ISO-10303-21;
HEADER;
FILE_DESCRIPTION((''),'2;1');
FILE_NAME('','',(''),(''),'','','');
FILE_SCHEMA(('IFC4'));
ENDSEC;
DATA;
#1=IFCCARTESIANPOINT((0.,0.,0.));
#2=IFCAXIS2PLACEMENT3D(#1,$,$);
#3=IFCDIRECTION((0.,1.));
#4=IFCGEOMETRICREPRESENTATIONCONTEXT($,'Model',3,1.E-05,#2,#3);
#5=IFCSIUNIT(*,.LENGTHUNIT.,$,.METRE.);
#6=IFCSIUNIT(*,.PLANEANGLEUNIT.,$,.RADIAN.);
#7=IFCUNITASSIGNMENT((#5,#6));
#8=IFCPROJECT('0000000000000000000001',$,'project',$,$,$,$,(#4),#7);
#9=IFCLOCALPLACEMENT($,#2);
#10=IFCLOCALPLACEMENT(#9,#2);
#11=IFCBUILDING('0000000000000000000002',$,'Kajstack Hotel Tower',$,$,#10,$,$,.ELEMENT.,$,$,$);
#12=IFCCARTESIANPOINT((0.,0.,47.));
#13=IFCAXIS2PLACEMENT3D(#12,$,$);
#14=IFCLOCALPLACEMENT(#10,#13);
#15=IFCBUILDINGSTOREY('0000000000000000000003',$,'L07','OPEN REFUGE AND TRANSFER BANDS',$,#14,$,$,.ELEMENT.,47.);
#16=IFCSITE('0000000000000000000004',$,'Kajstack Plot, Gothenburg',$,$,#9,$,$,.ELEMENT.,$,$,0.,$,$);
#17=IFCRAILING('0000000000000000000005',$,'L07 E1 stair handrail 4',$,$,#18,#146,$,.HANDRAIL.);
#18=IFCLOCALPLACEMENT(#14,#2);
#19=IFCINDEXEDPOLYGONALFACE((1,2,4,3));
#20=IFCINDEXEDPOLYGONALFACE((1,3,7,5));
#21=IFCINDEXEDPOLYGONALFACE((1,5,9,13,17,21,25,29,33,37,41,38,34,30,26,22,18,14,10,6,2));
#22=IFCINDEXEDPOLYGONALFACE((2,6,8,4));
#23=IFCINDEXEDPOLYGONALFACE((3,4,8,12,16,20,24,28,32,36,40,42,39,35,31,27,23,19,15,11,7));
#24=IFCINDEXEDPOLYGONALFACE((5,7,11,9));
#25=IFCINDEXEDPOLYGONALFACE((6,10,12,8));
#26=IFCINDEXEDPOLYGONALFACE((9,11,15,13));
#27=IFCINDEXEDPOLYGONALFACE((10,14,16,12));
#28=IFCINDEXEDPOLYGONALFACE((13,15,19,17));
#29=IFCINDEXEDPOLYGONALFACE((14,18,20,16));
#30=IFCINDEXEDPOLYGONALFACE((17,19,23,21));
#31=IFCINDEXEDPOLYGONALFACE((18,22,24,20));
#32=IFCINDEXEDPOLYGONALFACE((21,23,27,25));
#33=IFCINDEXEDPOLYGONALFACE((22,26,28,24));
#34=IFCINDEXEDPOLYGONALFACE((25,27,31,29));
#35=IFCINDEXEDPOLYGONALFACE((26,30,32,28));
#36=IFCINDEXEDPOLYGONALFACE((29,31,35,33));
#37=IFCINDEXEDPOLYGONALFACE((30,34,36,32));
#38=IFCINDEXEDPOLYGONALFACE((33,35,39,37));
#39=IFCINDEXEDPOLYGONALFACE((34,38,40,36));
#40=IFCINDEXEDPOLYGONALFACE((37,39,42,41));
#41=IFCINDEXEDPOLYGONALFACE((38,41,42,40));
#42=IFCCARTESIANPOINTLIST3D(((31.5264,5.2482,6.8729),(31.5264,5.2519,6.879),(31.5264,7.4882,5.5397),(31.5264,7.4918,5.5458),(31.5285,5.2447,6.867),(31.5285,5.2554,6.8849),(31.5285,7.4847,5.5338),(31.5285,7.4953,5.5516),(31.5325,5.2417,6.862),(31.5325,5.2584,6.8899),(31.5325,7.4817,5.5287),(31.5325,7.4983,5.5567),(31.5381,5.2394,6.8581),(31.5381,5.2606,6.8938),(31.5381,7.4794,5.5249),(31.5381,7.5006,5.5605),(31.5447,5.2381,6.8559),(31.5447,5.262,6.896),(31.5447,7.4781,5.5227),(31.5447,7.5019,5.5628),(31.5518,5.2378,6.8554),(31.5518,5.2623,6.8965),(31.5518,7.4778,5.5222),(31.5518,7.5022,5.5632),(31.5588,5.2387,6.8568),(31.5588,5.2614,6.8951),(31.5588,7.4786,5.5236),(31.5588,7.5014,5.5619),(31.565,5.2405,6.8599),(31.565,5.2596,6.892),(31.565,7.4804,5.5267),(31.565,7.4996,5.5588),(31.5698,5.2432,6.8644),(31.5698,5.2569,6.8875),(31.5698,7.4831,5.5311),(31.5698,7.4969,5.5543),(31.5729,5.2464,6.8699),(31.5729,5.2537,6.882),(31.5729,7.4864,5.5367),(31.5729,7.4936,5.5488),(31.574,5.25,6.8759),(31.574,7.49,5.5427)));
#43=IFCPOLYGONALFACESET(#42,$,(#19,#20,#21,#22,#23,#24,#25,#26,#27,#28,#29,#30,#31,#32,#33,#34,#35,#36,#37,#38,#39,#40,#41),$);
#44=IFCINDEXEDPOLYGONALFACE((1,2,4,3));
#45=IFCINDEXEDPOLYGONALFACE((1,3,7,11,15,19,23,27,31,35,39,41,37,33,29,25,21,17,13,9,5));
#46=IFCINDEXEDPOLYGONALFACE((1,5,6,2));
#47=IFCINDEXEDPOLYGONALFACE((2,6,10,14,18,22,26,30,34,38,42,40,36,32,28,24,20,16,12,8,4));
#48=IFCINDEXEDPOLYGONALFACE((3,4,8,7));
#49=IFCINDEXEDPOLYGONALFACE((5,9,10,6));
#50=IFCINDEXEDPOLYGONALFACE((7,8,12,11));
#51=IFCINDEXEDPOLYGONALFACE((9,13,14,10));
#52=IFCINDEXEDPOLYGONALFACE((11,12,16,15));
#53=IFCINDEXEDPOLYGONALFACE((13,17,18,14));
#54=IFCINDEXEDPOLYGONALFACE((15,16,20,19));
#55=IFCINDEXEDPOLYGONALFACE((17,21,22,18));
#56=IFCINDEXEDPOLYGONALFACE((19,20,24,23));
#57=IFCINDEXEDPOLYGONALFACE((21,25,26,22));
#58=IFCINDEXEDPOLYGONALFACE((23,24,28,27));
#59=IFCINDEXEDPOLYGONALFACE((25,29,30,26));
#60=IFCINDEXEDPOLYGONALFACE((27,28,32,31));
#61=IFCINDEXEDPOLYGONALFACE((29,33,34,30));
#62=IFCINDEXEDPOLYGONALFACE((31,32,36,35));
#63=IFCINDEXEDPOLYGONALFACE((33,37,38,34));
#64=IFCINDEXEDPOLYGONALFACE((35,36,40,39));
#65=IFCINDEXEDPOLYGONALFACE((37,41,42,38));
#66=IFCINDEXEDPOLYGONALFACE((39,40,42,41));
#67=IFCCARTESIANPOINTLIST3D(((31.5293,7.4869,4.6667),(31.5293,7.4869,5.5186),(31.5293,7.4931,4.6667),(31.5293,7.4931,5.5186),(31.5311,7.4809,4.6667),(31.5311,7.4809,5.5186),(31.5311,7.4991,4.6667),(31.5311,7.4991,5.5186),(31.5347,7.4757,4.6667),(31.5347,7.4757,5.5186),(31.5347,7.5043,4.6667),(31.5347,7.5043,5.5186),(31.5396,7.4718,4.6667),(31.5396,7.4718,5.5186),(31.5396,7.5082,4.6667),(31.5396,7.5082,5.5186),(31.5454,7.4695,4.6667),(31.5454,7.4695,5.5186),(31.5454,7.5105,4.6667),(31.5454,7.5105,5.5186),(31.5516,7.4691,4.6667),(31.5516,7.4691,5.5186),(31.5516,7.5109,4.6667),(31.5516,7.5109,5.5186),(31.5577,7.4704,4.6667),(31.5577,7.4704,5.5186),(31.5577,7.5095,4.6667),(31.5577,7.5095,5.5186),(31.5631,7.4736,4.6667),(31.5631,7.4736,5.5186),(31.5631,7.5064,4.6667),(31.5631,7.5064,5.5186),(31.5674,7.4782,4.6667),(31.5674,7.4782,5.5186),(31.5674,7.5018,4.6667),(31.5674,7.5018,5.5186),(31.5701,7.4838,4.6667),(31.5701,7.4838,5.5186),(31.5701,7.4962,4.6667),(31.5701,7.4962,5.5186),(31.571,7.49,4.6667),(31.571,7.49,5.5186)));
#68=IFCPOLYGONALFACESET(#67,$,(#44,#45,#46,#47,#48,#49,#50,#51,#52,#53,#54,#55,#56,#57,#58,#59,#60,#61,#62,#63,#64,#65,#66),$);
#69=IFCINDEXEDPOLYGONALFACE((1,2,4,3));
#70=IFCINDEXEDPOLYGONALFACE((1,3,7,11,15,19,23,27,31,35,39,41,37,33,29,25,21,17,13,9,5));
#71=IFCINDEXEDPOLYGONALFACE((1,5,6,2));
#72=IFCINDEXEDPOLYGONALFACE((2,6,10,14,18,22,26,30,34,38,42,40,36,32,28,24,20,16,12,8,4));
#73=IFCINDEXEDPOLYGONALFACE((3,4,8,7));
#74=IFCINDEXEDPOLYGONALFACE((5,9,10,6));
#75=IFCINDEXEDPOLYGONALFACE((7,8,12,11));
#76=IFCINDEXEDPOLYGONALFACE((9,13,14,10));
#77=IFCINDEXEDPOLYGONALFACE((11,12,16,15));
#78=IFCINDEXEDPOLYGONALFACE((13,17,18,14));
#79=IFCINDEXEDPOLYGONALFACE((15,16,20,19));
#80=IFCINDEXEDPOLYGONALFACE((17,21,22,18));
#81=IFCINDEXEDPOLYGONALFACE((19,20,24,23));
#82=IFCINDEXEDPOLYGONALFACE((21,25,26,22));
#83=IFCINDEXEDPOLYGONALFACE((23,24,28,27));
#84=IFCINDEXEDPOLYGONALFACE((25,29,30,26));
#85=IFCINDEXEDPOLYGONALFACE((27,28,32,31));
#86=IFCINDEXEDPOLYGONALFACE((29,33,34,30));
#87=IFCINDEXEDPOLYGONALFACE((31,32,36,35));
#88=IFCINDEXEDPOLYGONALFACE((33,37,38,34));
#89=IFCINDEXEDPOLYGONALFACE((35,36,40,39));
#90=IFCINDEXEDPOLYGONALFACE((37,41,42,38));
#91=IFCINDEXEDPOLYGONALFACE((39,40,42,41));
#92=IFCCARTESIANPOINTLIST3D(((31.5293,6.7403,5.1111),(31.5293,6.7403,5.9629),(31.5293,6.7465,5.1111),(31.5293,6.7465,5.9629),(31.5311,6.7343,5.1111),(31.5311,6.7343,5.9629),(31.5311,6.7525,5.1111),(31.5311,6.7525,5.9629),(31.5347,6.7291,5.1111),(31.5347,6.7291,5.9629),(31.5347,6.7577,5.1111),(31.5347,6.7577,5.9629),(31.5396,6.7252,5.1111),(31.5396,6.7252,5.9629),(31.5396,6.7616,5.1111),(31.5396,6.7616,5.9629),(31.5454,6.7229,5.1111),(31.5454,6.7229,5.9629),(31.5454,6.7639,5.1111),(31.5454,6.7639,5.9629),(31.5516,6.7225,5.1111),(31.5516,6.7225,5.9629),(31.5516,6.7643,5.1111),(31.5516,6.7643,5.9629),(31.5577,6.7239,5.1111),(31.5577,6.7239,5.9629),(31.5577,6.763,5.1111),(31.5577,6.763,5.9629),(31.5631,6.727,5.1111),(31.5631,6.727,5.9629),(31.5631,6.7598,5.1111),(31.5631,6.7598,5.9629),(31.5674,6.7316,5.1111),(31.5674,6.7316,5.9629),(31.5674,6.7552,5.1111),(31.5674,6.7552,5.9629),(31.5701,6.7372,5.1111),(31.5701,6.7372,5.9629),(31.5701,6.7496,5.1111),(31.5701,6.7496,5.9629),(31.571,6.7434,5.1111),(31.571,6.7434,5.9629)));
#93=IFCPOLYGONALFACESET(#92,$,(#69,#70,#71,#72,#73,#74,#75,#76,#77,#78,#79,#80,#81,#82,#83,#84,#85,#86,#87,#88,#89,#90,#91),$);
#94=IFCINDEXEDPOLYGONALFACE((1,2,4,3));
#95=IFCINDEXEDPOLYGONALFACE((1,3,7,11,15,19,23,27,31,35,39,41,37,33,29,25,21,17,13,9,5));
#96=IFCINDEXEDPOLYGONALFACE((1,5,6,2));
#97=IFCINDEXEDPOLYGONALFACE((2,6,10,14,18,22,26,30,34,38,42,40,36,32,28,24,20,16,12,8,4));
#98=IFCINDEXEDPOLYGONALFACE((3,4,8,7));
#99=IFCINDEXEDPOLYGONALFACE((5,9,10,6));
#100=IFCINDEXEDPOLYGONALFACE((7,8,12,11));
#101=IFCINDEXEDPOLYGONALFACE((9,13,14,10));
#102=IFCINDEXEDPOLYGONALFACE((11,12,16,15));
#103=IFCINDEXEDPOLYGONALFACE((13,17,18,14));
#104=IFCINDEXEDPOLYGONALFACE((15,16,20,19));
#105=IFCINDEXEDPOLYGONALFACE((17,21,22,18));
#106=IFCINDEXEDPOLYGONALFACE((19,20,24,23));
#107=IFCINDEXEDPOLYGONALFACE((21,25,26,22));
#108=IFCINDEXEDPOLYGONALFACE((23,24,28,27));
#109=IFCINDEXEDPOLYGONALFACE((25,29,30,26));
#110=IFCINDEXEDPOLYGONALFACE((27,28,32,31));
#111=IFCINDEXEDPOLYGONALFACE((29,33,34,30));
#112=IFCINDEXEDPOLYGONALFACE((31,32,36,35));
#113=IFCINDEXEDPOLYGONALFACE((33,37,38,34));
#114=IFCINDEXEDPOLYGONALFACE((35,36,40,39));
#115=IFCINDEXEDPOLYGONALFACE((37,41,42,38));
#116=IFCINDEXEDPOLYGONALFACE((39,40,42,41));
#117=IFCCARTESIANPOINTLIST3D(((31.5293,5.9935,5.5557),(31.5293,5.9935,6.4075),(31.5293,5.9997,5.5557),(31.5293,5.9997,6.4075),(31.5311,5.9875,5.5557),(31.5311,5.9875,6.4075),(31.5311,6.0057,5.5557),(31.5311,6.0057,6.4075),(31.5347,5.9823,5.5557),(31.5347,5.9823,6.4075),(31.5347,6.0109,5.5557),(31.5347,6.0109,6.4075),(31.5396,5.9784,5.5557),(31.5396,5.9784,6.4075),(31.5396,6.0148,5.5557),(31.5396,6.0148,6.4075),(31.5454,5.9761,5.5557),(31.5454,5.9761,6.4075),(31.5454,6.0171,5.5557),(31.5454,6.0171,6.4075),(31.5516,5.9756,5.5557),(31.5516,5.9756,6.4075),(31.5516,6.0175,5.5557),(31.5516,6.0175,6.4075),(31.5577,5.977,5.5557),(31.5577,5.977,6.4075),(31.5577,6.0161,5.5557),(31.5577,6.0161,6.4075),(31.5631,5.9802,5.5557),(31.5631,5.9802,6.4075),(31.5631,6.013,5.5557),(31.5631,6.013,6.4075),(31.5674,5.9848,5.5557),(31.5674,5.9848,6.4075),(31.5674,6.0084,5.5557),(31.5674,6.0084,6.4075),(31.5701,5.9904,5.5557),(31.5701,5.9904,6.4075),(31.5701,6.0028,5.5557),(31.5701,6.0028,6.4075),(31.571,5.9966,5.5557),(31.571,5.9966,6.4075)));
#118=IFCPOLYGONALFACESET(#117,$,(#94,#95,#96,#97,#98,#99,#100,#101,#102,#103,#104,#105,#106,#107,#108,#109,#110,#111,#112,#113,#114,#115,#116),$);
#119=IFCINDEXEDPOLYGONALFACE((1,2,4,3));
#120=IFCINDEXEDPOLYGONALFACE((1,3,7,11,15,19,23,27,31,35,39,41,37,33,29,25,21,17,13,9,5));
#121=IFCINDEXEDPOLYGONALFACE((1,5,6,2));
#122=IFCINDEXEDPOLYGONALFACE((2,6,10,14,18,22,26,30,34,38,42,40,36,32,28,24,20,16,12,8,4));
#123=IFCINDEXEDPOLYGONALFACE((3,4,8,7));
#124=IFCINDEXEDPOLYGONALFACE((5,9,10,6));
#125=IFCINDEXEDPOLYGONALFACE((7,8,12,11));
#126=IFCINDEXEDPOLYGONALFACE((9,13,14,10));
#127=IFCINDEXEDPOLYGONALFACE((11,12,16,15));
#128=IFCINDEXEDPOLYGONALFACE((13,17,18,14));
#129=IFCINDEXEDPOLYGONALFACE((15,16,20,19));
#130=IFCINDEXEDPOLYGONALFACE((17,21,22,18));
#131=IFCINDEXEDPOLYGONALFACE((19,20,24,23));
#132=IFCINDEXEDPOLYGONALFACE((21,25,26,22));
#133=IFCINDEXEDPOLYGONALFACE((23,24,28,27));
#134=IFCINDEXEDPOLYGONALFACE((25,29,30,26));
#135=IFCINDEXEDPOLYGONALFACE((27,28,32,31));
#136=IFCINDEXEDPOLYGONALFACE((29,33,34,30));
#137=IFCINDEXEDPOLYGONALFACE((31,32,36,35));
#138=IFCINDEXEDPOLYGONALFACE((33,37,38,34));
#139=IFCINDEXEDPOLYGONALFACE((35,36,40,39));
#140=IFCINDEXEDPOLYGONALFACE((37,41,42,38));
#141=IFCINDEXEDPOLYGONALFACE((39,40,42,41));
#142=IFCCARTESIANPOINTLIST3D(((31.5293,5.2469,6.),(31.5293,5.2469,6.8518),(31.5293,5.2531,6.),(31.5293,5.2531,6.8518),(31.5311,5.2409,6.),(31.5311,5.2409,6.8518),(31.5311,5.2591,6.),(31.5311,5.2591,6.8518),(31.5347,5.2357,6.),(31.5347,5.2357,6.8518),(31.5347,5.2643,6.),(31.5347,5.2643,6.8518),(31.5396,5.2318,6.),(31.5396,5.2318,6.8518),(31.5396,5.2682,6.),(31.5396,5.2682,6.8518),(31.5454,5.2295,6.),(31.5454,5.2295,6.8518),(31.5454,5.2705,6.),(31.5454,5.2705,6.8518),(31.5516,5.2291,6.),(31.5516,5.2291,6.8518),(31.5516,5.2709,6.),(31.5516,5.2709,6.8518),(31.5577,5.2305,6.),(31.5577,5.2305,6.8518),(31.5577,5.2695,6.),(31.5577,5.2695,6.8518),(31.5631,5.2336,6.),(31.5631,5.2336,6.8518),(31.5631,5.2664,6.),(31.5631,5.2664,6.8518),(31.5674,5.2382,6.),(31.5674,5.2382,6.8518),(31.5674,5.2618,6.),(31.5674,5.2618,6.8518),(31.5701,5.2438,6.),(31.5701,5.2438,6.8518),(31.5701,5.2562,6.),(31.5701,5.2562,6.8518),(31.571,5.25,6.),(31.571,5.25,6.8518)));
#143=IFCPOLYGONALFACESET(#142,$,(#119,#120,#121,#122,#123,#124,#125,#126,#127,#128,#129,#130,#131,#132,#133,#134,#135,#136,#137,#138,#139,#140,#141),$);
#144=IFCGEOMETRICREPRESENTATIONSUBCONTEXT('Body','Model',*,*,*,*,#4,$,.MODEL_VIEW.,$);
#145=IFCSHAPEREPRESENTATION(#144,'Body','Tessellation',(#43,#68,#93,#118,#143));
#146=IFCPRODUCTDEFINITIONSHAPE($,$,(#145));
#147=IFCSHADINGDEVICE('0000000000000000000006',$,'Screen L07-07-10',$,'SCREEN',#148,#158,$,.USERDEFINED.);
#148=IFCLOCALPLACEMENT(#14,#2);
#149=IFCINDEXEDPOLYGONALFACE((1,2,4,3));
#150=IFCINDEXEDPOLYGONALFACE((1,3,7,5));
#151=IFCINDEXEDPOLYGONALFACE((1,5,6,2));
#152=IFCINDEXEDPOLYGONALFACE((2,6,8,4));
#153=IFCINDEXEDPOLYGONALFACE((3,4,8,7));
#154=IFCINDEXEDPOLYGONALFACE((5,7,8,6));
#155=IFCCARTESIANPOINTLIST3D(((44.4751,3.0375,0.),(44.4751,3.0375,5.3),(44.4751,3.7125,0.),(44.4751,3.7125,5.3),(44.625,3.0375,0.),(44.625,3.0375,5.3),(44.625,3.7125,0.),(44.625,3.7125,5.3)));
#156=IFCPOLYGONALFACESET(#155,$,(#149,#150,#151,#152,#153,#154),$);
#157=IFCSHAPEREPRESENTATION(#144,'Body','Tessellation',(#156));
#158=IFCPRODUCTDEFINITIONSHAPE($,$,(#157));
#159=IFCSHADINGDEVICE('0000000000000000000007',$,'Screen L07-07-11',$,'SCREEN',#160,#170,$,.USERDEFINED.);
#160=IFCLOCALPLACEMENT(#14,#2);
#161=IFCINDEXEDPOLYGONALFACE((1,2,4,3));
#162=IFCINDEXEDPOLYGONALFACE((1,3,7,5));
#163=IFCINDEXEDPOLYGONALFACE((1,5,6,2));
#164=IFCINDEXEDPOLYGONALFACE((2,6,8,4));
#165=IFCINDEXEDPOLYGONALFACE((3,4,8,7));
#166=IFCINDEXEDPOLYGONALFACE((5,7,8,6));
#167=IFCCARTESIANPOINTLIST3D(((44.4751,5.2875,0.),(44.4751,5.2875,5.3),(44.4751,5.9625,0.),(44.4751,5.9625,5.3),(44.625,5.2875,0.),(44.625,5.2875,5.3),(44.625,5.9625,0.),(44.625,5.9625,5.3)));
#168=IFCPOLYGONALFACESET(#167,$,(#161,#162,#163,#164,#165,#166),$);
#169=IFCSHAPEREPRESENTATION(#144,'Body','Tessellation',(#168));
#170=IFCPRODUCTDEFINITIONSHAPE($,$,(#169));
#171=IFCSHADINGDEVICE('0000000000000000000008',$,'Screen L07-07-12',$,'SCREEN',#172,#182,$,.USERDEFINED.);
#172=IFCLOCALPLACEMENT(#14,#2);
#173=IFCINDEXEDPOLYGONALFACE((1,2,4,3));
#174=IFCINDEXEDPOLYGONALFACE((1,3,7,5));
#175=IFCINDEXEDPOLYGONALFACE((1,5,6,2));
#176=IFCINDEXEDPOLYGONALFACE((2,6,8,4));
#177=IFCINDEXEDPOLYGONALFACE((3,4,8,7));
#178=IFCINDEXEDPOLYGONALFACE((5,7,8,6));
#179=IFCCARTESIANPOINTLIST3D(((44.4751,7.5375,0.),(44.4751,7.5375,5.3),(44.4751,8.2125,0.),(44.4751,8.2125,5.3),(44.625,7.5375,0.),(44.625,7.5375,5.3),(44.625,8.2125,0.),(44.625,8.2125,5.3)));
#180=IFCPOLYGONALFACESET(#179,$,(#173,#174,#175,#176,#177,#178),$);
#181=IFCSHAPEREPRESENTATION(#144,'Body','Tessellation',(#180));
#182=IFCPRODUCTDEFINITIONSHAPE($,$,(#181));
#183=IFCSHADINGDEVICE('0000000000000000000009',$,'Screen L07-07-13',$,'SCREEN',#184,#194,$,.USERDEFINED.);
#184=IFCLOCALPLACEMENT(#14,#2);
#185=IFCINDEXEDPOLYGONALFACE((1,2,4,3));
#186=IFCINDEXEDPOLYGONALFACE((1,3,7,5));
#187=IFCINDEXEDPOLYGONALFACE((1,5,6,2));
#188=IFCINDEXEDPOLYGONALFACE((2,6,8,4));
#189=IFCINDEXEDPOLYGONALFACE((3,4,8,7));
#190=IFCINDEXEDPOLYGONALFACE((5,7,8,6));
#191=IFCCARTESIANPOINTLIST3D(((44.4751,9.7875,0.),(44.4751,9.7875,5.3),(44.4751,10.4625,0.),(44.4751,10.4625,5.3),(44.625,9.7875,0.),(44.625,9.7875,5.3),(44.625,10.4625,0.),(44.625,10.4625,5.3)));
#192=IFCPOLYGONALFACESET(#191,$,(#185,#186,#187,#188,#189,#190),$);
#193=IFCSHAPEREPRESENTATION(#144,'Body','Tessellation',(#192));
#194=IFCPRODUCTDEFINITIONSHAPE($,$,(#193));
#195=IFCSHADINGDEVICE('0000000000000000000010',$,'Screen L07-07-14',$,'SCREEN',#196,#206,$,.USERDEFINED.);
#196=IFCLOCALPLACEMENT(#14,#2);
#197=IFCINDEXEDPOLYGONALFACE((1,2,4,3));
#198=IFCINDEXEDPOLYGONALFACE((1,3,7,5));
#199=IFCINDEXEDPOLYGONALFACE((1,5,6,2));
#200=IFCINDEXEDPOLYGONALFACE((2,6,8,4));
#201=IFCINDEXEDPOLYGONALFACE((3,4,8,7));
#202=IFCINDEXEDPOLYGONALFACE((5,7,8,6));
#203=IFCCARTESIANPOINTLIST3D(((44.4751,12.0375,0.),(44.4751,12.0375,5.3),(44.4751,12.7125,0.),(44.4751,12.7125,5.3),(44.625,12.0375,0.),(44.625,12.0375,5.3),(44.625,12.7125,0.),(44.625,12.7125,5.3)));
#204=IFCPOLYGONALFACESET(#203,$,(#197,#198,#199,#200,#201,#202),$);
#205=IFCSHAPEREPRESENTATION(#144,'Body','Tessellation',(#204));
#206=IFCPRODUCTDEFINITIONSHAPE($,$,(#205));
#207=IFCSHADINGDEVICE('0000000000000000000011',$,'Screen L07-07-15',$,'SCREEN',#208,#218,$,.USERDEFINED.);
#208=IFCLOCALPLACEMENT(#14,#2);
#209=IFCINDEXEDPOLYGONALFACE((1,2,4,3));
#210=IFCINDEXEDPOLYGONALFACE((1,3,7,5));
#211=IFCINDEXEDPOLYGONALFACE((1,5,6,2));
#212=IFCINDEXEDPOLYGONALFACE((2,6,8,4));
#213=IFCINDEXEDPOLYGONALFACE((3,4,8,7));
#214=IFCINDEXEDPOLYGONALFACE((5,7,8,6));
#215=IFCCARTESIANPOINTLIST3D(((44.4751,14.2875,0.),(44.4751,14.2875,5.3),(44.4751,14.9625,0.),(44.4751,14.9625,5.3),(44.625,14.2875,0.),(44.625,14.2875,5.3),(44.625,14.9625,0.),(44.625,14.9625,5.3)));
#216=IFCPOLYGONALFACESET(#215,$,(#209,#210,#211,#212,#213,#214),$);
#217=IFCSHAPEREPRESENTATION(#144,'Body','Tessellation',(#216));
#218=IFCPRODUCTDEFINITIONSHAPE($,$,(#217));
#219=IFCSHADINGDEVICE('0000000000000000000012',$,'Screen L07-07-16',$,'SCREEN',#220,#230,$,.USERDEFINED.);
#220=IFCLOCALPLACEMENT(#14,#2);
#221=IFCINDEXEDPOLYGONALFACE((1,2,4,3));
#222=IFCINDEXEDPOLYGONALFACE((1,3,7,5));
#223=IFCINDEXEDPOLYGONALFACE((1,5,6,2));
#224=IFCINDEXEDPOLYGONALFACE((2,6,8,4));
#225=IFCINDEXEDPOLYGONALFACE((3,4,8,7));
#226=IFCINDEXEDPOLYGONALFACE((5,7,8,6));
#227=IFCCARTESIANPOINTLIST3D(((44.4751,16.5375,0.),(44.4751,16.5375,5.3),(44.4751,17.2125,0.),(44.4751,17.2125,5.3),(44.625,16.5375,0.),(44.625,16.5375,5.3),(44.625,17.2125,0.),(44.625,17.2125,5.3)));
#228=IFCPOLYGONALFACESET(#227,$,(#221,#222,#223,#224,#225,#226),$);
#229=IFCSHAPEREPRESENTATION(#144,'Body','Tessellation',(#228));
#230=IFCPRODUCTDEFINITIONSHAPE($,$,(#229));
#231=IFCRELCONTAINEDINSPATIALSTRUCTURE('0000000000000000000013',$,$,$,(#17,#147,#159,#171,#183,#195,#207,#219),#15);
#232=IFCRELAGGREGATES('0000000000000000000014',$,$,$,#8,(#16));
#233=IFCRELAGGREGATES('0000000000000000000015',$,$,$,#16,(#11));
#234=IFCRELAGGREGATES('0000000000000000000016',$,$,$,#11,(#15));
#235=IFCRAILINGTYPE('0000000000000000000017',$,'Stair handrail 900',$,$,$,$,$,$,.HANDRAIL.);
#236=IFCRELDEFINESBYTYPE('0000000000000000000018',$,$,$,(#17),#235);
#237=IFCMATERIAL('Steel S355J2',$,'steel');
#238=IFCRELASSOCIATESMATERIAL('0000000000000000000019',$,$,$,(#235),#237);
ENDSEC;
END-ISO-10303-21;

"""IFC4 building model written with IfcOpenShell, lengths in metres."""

from ifc_helpers import new_model, si_unit, direction, frame, origin, origin_2d, place, context, subcontext, project, spatial, rectangle, circle, extrude, material, type_object, element, save


model = new_model("IFC4")

# Units and contexts
model_context = context("Model", 3, precision=1e-05, world=origin(), true_north=direction((0.0, 1.0)))
body_context = subcontext(model_context, "Body", "Model", "MODEL_VIEW")
ifc_project = project(units=[si_unit("LENGTHUNIT", "METRE"), si_unit("PLANEANGLEUNIT", "RADIAN")], contexts=[model_context])

# Site, building, storey
site_placement = place(None, origin())
site = spatial("IfcSite", under=ifc_project, at=site_placement, Name="Kajstack Plot, Gothenburg", CompositionType="ELEMENT", RefElevation=0.0)
building_placement = place(site_placement, origin())
building = spatial("IfcBuilding", under=site, at=building_placement, Name="Kajstack Hotel Tower", CompositionType="ELEMENT")
storey_placement = place(building_placement, frame((0.0, 0.0, 47.0)))
storey = spatial("IfcBuildingStorey", under=building, at=storey_placement, Name="L07", Description="OPEN REFUGE AND TRANSFER BANDS", CompositionType="ELEMENT", Elevation=47.0)

# Railing
ifc_material_1 = material(Name="Steel S355J2", Category="steel")
railing_type_1 = type_object("IfcRailingType", Name="Stair handrail 900", PredefinedType="HANDRAIL", material=ifc_material_1)
railing_1_placement = place(storey_placement, frame((31.55, 7.49, 4.6667)))
element("IfcRailing", 1, at=railing_1_placement, inside=storey, type_object=railing_type_1, Name="L07 E1 stair handrail 4", PredefinedType="HANDRAIL", context=body_context, shape_type="SweptSolid", body=[
    extrude(circle(Radius=0.0239, at=origin_2d()), frame((0.0, 0.0, 0.876), z_axis=(0.0, -0.859306, 0.511462), x_axis=(1.0, 0.0, 0.0)), (0.0, 0.0, 1.0), 2.6067),
    extrude(circle(Radius=0.021, at=origin_2d()), origin(), (0.0, 0.0, 1.0), 0.8518),
    extrude(circle(Radius=0.021, at=origin_2d()), frame((0.0, -0.7466, 0.4443)), (0.0, 0.0, 1.0), 0.8518),
    extrude(circle(Radius=0.021, at=origin_2d()), frame((0.0, -1.4934, 0.8889)), (0.0, 0.0, 1.0), 0.8518),
    extrude(circle(Radius=0.021, at=origin_2d()), frame((0.0, -2.24, 1.3333)), (0.0, 0.0, 1.0), 0.8518),
])

# Shading devices
for number, where, z_axis, x_axis, name in (
    (2, (44.55, 3.375, 0.0), (0.0, 0.0, 1.0), (0.0, 1.0, 0.0), "Screen L07-07-10"),
    (3, (44.55, 5.625, 0.0), (0.0, 0.0, 1.0), (0.0, 1.0, 0.0), "Screen L07-07-11"),
    (4, (44.55, 7.875, 0.0), (0.0, 0.0, 1.0), (0.0, 1.0, 0.0), "Screen L07-07-12"),
    (5, (44.55, 10.125, 0.0), (0.0, 0.0, 1.0), (0.0, 1.0, 0.0), "Screen L07-07-13"),
    (6, (44.55, 12.375, 0.0), (0.0, 0.0, 1.0), (0.0, 1.0, 0.0), "Screen L07-07-14"),
    (7, (44.55, 14.625, 0.0), (0.0, 0.0, 1.0), (0.0, 1.0, 0.0), "Screen L07-07-15"),
    (8, (44.55, 16.875, 0.0), (0.0, 0.0, 1.0), (0.0, 1.0, 0.0), "Screen L07-07-16"),
):
    element("IfcShadingDevice", number, at=place(storey_placement, frame(where, z_axis=z_axis, x_axis=x_axis)), inside=storey, Name=name, ObjectType="SCREEN", PredefinedType="USERDEFINED", context=body_context, shape_type="SweptSolid", body=[
        extrude(rectangle(XDim=0.675, YDim=0.1499, at=origin_2d()), origin(), (0.0, 0.0, 1.0), 5.3),
    ])

save(model, "model.ifc")
